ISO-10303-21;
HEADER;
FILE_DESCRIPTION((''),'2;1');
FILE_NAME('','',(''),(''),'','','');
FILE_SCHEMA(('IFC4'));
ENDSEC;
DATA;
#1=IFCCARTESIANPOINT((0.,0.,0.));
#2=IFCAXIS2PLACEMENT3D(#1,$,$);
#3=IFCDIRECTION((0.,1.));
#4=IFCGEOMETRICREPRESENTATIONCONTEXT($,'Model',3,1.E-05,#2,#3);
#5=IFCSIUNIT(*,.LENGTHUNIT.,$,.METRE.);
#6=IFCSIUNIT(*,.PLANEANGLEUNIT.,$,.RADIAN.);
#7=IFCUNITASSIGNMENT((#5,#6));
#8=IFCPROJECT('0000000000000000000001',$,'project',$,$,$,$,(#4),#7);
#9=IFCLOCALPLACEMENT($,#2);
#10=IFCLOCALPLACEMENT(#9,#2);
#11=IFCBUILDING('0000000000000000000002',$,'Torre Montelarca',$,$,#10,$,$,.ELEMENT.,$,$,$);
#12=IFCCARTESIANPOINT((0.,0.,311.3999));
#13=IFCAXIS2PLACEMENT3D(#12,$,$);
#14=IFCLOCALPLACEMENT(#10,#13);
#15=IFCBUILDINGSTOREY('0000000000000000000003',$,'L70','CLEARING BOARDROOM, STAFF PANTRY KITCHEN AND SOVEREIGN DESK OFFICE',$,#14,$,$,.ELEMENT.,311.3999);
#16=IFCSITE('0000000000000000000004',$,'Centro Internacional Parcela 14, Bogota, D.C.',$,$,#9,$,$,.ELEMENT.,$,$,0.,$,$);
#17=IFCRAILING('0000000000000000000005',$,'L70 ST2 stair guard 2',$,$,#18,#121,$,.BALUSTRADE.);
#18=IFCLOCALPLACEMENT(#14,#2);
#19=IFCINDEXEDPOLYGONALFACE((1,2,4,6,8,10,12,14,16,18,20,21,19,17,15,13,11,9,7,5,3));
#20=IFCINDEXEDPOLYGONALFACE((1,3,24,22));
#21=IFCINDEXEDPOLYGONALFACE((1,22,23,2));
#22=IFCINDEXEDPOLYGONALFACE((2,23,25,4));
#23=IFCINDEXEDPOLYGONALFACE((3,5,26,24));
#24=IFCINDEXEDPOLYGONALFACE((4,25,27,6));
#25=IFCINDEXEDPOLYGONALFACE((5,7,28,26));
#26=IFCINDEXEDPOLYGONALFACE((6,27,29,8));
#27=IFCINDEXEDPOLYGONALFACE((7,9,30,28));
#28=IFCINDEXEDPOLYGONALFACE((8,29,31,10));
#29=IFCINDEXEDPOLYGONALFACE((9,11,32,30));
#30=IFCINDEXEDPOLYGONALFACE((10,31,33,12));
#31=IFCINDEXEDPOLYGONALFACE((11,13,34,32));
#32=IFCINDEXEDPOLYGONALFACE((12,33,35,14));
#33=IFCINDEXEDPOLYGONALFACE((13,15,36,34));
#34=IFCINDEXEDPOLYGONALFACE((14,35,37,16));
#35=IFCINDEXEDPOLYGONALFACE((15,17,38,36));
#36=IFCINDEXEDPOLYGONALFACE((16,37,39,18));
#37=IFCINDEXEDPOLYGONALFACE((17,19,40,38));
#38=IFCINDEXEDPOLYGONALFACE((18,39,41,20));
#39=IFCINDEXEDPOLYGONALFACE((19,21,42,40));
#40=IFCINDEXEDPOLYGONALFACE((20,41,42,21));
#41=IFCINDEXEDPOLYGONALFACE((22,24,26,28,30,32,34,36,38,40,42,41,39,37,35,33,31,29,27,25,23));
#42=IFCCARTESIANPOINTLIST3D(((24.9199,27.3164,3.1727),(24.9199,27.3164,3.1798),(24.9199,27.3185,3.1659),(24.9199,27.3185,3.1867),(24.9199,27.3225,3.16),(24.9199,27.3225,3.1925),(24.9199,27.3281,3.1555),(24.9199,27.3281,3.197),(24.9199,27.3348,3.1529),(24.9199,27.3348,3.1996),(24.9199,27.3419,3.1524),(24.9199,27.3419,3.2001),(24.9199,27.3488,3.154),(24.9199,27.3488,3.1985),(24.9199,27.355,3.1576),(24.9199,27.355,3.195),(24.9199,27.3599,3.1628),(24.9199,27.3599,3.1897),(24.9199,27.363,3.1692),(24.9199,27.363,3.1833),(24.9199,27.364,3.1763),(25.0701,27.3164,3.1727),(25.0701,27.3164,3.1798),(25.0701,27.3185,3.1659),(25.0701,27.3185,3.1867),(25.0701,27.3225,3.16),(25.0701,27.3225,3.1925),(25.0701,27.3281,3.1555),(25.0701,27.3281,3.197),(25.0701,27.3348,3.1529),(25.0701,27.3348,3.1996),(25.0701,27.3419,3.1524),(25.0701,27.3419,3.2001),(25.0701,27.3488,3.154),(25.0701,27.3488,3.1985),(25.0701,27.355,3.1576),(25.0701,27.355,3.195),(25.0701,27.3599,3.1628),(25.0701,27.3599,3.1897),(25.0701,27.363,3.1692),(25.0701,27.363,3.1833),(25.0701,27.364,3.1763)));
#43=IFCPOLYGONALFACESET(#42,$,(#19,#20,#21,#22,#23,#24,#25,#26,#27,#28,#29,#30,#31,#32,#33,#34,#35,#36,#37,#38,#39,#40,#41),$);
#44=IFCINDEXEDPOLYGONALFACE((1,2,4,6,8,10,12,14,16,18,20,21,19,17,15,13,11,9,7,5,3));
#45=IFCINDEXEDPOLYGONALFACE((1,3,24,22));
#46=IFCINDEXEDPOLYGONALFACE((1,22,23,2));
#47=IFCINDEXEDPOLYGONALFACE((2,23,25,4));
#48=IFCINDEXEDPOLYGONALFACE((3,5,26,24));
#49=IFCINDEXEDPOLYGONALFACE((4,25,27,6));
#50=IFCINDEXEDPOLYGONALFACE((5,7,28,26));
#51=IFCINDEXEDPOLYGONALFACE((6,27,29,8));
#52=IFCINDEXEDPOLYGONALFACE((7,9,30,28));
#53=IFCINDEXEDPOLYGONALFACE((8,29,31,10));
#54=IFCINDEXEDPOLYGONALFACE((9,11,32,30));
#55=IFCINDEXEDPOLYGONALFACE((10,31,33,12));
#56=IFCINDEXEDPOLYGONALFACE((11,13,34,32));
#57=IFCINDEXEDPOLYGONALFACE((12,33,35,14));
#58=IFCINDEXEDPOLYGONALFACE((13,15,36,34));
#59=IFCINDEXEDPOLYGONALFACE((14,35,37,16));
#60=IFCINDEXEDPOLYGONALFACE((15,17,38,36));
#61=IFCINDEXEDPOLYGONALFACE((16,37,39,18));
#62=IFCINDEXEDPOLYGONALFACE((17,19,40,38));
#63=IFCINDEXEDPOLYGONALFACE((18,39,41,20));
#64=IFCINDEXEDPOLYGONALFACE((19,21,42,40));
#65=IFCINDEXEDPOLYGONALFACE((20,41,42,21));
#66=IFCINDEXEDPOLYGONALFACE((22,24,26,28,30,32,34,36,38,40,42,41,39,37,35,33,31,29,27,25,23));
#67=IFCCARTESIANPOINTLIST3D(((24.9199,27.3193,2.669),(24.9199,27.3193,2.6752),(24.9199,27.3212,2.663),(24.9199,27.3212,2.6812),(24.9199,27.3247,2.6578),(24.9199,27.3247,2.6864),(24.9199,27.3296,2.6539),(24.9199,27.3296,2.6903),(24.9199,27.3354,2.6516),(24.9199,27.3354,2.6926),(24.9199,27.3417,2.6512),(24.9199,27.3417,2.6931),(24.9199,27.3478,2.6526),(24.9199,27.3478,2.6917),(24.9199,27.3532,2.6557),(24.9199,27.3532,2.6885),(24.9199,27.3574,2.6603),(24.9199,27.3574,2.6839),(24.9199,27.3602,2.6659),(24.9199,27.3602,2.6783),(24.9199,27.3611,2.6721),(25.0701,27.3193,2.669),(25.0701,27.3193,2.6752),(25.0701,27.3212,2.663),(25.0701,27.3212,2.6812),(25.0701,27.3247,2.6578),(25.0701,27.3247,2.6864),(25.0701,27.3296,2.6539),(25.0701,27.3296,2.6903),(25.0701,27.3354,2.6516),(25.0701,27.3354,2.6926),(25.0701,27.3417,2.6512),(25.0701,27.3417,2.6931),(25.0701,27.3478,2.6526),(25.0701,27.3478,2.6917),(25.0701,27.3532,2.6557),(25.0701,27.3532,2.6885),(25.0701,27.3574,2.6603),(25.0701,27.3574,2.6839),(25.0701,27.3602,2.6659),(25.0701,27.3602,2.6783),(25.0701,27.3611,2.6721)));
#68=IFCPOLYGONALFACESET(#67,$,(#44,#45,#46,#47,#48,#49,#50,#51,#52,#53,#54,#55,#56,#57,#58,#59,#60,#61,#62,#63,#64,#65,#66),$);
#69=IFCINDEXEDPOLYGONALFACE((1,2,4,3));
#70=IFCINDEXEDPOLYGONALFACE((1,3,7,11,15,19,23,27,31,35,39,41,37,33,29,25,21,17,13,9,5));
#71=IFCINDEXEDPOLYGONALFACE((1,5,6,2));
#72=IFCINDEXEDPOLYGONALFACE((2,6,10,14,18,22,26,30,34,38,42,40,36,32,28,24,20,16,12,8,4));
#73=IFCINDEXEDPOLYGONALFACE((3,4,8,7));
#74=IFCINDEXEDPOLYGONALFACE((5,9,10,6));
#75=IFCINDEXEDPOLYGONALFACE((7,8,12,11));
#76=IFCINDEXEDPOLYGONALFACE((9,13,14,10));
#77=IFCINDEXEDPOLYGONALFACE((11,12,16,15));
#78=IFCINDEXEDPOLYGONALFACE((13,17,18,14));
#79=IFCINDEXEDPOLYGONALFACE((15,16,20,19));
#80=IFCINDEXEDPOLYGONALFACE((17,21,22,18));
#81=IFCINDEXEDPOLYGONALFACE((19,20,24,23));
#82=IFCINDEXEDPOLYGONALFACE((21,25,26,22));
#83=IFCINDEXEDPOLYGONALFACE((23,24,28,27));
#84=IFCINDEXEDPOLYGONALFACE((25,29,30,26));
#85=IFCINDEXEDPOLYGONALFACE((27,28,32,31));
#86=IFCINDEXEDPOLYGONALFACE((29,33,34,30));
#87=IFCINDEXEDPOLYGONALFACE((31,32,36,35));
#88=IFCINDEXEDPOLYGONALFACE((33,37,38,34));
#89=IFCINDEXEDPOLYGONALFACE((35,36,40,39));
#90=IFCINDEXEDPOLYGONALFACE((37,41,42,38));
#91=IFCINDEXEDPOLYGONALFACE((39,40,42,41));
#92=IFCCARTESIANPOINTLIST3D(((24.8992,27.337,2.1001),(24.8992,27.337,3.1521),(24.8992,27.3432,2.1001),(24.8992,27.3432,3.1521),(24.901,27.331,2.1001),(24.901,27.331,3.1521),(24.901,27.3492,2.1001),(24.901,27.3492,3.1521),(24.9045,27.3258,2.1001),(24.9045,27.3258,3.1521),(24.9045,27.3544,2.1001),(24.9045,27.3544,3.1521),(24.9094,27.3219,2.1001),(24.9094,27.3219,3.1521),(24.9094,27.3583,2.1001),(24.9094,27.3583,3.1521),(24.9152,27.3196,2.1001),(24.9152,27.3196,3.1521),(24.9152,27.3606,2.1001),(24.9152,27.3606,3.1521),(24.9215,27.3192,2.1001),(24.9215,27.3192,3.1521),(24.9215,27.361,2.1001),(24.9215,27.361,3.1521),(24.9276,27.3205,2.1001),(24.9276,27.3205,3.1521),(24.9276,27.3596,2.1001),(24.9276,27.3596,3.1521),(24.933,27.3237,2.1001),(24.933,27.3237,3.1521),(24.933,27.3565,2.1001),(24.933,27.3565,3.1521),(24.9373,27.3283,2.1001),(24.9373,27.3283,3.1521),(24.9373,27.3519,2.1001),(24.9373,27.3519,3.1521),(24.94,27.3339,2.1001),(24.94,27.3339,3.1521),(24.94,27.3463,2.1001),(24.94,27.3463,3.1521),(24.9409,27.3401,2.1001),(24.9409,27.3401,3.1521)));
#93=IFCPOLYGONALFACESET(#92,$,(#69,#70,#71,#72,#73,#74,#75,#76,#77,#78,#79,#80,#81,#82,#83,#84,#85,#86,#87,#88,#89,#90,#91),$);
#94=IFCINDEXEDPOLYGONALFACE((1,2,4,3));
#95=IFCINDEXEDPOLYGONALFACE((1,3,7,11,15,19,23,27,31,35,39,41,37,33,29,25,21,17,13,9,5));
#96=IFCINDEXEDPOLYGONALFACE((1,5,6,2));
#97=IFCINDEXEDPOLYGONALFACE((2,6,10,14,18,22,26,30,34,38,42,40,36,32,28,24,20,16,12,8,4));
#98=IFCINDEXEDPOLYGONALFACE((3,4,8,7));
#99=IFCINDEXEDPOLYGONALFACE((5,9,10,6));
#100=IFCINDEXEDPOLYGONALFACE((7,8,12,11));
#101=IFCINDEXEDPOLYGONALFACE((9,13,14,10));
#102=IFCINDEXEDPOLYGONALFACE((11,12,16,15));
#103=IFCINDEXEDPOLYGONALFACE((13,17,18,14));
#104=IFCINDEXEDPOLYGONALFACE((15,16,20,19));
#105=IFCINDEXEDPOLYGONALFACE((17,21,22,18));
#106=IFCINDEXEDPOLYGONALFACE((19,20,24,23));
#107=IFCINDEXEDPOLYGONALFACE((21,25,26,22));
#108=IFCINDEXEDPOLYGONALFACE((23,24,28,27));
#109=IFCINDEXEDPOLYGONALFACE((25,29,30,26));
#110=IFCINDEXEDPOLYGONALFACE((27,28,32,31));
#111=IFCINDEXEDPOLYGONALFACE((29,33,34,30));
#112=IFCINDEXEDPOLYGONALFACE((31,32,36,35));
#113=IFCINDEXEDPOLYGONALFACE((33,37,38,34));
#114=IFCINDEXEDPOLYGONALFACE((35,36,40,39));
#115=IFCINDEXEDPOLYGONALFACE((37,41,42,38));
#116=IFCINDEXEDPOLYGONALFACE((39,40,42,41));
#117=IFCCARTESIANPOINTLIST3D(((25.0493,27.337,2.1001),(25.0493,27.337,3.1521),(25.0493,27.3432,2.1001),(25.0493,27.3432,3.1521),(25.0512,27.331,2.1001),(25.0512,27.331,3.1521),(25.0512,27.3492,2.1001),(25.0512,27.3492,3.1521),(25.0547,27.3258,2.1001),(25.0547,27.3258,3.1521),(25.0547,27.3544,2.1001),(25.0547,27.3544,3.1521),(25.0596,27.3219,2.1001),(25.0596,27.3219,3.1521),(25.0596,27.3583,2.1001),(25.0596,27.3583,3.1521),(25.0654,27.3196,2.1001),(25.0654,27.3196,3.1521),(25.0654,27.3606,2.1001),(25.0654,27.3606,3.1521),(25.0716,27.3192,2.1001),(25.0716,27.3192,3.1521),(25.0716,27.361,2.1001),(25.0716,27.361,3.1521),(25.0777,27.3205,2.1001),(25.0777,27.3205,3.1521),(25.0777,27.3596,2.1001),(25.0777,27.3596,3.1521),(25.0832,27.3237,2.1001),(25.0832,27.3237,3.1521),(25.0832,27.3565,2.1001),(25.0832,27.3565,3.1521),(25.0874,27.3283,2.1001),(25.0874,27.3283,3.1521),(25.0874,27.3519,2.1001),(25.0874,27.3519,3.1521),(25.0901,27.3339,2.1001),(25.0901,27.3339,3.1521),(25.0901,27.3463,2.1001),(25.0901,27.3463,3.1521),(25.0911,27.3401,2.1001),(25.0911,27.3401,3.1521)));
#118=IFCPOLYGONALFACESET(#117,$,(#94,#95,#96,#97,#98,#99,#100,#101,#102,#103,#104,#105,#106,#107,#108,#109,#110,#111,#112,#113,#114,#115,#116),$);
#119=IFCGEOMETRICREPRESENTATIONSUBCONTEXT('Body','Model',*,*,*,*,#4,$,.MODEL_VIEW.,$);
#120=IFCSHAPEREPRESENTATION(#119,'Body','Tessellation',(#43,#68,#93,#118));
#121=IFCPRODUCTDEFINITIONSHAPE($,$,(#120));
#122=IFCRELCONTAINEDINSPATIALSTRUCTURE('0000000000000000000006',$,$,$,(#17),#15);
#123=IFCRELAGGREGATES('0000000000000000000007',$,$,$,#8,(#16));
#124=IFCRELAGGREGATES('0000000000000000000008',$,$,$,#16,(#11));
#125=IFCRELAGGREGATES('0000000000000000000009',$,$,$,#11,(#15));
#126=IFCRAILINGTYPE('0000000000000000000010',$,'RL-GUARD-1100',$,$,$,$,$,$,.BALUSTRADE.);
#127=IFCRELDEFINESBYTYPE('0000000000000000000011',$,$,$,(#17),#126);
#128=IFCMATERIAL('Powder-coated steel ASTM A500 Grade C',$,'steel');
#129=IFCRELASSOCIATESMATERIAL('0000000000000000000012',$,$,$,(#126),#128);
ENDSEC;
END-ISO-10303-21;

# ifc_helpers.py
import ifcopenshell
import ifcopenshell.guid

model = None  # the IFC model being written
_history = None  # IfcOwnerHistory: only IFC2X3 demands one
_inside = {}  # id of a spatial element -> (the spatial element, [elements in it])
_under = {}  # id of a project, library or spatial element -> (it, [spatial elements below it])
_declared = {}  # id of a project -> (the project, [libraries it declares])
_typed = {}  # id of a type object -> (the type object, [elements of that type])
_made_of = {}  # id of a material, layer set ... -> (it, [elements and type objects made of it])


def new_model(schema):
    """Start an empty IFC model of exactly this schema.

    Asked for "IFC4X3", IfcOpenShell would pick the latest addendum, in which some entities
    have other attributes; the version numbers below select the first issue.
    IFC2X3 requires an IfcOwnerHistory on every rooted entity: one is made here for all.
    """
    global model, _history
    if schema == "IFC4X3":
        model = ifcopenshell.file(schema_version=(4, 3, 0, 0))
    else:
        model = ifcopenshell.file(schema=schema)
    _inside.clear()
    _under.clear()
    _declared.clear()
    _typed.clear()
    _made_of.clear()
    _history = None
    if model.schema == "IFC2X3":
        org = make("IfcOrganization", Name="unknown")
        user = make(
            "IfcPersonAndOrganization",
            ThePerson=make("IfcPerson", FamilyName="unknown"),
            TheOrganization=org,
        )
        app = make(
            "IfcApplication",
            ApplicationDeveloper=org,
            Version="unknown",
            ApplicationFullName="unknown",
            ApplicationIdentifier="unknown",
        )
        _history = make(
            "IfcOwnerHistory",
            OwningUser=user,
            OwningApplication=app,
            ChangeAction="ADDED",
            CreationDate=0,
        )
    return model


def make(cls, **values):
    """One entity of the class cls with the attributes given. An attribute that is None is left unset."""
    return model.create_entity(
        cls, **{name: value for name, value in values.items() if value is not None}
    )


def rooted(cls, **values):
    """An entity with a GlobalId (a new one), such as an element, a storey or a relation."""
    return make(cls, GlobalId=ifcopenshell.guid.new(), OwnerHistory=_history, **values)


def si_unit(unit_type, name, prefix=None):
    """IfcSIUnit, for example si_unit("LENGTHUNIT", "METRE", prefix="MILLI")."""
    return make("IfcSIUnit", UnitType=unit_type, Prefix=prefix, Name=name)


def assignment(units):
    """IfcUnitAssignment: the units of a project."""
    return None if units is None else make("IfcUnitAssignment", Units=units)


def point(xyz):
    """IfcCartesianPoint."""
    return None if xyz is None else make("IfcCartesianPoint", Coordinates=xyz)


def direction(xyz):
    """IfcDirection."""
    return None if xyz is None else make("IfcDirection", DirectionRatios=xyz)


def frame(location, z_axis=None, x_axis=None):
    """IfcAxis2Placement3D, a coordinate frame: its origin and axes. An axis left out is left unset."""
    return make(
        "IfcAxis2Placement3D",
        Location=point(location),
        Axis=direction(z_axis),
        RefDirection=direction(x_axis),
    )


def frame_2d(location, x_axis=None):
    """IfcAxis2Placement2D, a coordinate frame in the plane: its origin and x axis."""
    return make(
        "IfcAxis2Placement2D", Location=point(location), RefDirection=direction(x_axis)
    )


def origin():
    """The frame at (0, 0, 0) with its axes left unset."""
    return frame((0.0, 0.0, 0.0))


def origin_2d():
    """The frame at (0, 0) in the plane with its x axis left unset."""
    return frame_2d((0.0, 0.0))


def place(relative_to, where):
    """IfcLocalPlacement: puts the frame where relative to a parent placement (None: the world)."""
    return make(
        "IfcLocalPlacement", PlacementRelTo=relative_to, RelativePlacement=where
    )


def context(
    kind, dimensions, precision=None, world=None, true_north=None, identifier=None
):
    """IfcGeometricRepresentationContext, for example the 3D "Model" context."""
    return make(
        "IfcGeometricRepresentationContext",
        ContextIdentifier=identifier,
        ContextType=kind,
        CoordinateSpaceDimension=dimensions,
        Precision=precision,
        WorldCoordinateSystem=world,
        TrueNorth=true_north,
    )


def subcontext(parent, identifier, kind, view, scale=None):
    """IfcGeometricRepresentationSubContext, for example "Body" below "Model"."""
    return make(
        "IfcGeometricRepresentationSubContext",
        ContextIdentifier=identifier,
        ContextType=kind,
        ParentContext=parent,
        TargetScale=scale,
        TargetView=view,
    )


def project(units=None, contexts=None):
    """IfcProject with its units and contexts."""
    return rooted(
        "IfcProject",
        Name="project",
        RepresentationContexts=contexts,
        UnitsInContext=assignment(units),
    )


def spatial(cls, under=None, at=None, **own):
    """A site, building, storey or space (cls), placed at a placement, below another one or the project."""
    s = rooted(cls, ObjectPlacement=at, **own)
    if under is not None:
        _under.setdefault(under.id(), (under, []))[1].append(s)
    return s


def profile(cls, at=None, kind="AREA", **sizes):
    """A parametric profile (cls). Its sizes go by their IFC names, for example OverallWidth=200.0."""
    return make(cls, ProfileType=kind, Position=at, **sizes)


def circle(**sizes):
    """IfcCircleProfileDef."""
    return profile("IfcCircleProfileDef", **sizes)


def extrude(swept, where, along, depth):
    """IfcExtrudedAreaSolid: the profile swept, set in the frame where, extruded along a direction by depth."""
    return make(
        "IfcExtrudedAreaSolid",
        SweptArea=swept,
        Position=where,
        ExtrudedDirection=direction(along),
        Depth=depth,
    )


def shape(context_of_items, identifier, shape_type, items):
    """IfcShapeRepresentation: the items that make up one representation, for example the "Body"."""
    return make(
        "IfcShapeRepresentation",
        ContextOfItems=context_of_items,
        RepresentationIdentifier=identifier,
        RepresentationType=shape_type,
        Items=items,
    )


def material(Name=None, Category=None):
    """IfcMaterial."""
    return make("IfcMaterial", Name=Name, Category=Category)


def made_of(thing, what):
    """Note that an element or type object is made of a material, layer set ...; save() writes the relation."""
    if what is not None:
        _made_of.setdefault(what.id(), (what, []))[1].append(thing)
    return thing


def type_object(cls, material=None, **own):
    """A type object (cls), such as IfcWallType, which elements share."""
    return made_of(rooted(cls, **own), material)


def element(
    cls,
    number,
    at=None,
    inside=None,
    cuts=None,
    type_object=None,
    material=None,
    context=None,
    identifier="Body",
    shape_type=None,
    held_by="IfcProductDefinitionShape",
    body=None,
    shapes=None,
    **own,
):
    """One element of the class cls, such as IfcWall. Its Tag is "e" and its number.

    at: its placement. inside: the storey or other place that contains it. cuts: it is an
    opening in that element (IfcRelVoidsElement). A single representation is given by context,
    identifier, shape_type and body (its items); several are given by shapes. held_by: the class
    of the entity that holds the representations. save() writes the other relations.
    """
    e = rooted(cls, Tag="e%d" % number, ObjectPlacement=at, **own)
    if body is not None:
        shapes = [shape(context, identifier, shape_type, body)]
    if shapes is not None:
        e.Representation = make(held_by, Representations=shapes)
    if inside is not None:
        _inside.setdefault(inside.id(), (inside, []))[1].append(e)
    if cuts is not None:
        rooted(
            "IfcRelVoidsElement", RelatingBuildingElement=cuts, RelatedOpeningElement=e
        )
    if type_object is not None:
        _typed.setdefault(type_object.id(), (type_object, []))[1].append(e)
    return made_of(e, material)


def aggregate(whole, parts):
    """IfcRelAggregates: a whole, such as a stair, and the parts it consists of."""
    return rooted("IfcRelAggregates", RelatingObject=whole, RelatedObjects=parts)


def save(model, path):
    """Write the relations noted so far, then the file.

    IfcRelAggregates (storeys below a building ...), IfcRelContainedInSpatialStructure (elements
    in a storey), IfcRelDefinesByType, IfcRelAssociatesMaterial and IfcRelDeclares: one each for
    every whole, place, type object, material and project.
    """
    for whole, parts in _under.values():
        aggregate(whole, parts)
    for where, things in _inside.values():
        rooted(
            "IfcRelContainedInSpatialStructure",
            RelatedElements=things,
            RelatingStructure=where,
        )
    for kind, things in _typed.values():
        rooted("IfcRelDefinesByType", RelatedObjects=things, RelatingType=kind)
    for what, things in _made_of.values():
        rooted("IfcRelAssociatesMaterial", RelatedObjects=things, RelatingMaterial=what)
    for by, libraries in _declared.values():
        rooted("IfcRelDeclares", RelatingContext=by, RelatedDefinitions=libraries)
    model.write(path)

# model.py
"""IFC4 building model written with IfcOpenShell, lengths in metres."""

from ifc_helpers import new_model, si_unit, direction, frame, origin, origin_2d, place, context, subcontext, project, spatial, circle, extrude, material, type_object, element, save


model = new_model("IFC4")

# Units and contexts
model_context = context("Model", 3, precision=1e-05, world=origin(), true_north=direction((0.0, 1.0)))
body_context = subcontext(model_context, "Body", "Model", "MODEL_VIEW")
ifc_project = project(units=[si_unit("LENGTHUNIT", "METRE"), si_unit("PLANEANGLEUNIT", "RADIAN")], contexts=[model_context])

# Site, building, storey
site_placement = place(None, origin())
site = spatial("IfcSite", under=ifc_project, at=site_placement, Name="Centro Internacional Parcela 14, Bogota, D.C.", CompositionType="ELEMENT", RefElevation=0.0)
building_placement = place(site_placement, origin())
building = spatial("IfcBuilding", under=site, at=building_placement, Name="Torre Montelarca", CompositionType="ELEMENT")
storey_placement = place(building_placement, frame((0.0, 0.0, 311.3999)))
storey = spatial("IfcBuildingStorey", under=building, at=storey_placement, Name="L70", Description="CLEARING BOARDROOM, STAFF PANTRY KITCHEN AND SOVEREIGN DESK OFFICE", CompositionType="ELEMENT", Elevation=311.3999)

# Railing
ifc_material_1 = material(Name="Powder-coated steel ASTM A500 Grade C", Category="steel")
railing_type_1 = type_object("IfcRailingType", Name="RL-GUARD-1100", PredefinedType="BALUSTRADE", material=ifc_material_1)
railing_1_placement = place(storey_placement, frame((24.9199, 27.3401, 2.1001)))
element("IfcRailing", 1, at=railing_1_placement, inside=storey, type_object=railing_type_1, Name="L70 ST2 stair guard 2", PredefinedType="BALUSTRADE", context=body_context, shape_type="SweptSolid", body=[
    extrude(circle(Radius=0.0239, at=origin_2d()), frame((0.0, 0.0, 1.0762), z_axis=(1.0, 0.0, 0.0), x_axis=(0.0, 1.0, 0.0)), (0.0, 0.0, 1.0), 0.1501),
    extrude(circle(Radius=0.021, at=origin_2d()), frame((0.0, 0.0, 0.572), z_axis=(1.0, 0.0, 0.0), x_axis=(0.0, 1.0, 0.0)), (0.0, 0.0, 1.0), 0.1501),
    extrude(circle(Radius=0.021, at=origin_2d()), origin(), (0.0, 0.0, 1.0), 1.052),
    extrude(circle(Radius=0.021, at=origin_2d()), frame((0.1501, 0.0, 0.0)), (0.0, 0.0, 1.0), 1.052),
])

save(model, "model.ifc")
